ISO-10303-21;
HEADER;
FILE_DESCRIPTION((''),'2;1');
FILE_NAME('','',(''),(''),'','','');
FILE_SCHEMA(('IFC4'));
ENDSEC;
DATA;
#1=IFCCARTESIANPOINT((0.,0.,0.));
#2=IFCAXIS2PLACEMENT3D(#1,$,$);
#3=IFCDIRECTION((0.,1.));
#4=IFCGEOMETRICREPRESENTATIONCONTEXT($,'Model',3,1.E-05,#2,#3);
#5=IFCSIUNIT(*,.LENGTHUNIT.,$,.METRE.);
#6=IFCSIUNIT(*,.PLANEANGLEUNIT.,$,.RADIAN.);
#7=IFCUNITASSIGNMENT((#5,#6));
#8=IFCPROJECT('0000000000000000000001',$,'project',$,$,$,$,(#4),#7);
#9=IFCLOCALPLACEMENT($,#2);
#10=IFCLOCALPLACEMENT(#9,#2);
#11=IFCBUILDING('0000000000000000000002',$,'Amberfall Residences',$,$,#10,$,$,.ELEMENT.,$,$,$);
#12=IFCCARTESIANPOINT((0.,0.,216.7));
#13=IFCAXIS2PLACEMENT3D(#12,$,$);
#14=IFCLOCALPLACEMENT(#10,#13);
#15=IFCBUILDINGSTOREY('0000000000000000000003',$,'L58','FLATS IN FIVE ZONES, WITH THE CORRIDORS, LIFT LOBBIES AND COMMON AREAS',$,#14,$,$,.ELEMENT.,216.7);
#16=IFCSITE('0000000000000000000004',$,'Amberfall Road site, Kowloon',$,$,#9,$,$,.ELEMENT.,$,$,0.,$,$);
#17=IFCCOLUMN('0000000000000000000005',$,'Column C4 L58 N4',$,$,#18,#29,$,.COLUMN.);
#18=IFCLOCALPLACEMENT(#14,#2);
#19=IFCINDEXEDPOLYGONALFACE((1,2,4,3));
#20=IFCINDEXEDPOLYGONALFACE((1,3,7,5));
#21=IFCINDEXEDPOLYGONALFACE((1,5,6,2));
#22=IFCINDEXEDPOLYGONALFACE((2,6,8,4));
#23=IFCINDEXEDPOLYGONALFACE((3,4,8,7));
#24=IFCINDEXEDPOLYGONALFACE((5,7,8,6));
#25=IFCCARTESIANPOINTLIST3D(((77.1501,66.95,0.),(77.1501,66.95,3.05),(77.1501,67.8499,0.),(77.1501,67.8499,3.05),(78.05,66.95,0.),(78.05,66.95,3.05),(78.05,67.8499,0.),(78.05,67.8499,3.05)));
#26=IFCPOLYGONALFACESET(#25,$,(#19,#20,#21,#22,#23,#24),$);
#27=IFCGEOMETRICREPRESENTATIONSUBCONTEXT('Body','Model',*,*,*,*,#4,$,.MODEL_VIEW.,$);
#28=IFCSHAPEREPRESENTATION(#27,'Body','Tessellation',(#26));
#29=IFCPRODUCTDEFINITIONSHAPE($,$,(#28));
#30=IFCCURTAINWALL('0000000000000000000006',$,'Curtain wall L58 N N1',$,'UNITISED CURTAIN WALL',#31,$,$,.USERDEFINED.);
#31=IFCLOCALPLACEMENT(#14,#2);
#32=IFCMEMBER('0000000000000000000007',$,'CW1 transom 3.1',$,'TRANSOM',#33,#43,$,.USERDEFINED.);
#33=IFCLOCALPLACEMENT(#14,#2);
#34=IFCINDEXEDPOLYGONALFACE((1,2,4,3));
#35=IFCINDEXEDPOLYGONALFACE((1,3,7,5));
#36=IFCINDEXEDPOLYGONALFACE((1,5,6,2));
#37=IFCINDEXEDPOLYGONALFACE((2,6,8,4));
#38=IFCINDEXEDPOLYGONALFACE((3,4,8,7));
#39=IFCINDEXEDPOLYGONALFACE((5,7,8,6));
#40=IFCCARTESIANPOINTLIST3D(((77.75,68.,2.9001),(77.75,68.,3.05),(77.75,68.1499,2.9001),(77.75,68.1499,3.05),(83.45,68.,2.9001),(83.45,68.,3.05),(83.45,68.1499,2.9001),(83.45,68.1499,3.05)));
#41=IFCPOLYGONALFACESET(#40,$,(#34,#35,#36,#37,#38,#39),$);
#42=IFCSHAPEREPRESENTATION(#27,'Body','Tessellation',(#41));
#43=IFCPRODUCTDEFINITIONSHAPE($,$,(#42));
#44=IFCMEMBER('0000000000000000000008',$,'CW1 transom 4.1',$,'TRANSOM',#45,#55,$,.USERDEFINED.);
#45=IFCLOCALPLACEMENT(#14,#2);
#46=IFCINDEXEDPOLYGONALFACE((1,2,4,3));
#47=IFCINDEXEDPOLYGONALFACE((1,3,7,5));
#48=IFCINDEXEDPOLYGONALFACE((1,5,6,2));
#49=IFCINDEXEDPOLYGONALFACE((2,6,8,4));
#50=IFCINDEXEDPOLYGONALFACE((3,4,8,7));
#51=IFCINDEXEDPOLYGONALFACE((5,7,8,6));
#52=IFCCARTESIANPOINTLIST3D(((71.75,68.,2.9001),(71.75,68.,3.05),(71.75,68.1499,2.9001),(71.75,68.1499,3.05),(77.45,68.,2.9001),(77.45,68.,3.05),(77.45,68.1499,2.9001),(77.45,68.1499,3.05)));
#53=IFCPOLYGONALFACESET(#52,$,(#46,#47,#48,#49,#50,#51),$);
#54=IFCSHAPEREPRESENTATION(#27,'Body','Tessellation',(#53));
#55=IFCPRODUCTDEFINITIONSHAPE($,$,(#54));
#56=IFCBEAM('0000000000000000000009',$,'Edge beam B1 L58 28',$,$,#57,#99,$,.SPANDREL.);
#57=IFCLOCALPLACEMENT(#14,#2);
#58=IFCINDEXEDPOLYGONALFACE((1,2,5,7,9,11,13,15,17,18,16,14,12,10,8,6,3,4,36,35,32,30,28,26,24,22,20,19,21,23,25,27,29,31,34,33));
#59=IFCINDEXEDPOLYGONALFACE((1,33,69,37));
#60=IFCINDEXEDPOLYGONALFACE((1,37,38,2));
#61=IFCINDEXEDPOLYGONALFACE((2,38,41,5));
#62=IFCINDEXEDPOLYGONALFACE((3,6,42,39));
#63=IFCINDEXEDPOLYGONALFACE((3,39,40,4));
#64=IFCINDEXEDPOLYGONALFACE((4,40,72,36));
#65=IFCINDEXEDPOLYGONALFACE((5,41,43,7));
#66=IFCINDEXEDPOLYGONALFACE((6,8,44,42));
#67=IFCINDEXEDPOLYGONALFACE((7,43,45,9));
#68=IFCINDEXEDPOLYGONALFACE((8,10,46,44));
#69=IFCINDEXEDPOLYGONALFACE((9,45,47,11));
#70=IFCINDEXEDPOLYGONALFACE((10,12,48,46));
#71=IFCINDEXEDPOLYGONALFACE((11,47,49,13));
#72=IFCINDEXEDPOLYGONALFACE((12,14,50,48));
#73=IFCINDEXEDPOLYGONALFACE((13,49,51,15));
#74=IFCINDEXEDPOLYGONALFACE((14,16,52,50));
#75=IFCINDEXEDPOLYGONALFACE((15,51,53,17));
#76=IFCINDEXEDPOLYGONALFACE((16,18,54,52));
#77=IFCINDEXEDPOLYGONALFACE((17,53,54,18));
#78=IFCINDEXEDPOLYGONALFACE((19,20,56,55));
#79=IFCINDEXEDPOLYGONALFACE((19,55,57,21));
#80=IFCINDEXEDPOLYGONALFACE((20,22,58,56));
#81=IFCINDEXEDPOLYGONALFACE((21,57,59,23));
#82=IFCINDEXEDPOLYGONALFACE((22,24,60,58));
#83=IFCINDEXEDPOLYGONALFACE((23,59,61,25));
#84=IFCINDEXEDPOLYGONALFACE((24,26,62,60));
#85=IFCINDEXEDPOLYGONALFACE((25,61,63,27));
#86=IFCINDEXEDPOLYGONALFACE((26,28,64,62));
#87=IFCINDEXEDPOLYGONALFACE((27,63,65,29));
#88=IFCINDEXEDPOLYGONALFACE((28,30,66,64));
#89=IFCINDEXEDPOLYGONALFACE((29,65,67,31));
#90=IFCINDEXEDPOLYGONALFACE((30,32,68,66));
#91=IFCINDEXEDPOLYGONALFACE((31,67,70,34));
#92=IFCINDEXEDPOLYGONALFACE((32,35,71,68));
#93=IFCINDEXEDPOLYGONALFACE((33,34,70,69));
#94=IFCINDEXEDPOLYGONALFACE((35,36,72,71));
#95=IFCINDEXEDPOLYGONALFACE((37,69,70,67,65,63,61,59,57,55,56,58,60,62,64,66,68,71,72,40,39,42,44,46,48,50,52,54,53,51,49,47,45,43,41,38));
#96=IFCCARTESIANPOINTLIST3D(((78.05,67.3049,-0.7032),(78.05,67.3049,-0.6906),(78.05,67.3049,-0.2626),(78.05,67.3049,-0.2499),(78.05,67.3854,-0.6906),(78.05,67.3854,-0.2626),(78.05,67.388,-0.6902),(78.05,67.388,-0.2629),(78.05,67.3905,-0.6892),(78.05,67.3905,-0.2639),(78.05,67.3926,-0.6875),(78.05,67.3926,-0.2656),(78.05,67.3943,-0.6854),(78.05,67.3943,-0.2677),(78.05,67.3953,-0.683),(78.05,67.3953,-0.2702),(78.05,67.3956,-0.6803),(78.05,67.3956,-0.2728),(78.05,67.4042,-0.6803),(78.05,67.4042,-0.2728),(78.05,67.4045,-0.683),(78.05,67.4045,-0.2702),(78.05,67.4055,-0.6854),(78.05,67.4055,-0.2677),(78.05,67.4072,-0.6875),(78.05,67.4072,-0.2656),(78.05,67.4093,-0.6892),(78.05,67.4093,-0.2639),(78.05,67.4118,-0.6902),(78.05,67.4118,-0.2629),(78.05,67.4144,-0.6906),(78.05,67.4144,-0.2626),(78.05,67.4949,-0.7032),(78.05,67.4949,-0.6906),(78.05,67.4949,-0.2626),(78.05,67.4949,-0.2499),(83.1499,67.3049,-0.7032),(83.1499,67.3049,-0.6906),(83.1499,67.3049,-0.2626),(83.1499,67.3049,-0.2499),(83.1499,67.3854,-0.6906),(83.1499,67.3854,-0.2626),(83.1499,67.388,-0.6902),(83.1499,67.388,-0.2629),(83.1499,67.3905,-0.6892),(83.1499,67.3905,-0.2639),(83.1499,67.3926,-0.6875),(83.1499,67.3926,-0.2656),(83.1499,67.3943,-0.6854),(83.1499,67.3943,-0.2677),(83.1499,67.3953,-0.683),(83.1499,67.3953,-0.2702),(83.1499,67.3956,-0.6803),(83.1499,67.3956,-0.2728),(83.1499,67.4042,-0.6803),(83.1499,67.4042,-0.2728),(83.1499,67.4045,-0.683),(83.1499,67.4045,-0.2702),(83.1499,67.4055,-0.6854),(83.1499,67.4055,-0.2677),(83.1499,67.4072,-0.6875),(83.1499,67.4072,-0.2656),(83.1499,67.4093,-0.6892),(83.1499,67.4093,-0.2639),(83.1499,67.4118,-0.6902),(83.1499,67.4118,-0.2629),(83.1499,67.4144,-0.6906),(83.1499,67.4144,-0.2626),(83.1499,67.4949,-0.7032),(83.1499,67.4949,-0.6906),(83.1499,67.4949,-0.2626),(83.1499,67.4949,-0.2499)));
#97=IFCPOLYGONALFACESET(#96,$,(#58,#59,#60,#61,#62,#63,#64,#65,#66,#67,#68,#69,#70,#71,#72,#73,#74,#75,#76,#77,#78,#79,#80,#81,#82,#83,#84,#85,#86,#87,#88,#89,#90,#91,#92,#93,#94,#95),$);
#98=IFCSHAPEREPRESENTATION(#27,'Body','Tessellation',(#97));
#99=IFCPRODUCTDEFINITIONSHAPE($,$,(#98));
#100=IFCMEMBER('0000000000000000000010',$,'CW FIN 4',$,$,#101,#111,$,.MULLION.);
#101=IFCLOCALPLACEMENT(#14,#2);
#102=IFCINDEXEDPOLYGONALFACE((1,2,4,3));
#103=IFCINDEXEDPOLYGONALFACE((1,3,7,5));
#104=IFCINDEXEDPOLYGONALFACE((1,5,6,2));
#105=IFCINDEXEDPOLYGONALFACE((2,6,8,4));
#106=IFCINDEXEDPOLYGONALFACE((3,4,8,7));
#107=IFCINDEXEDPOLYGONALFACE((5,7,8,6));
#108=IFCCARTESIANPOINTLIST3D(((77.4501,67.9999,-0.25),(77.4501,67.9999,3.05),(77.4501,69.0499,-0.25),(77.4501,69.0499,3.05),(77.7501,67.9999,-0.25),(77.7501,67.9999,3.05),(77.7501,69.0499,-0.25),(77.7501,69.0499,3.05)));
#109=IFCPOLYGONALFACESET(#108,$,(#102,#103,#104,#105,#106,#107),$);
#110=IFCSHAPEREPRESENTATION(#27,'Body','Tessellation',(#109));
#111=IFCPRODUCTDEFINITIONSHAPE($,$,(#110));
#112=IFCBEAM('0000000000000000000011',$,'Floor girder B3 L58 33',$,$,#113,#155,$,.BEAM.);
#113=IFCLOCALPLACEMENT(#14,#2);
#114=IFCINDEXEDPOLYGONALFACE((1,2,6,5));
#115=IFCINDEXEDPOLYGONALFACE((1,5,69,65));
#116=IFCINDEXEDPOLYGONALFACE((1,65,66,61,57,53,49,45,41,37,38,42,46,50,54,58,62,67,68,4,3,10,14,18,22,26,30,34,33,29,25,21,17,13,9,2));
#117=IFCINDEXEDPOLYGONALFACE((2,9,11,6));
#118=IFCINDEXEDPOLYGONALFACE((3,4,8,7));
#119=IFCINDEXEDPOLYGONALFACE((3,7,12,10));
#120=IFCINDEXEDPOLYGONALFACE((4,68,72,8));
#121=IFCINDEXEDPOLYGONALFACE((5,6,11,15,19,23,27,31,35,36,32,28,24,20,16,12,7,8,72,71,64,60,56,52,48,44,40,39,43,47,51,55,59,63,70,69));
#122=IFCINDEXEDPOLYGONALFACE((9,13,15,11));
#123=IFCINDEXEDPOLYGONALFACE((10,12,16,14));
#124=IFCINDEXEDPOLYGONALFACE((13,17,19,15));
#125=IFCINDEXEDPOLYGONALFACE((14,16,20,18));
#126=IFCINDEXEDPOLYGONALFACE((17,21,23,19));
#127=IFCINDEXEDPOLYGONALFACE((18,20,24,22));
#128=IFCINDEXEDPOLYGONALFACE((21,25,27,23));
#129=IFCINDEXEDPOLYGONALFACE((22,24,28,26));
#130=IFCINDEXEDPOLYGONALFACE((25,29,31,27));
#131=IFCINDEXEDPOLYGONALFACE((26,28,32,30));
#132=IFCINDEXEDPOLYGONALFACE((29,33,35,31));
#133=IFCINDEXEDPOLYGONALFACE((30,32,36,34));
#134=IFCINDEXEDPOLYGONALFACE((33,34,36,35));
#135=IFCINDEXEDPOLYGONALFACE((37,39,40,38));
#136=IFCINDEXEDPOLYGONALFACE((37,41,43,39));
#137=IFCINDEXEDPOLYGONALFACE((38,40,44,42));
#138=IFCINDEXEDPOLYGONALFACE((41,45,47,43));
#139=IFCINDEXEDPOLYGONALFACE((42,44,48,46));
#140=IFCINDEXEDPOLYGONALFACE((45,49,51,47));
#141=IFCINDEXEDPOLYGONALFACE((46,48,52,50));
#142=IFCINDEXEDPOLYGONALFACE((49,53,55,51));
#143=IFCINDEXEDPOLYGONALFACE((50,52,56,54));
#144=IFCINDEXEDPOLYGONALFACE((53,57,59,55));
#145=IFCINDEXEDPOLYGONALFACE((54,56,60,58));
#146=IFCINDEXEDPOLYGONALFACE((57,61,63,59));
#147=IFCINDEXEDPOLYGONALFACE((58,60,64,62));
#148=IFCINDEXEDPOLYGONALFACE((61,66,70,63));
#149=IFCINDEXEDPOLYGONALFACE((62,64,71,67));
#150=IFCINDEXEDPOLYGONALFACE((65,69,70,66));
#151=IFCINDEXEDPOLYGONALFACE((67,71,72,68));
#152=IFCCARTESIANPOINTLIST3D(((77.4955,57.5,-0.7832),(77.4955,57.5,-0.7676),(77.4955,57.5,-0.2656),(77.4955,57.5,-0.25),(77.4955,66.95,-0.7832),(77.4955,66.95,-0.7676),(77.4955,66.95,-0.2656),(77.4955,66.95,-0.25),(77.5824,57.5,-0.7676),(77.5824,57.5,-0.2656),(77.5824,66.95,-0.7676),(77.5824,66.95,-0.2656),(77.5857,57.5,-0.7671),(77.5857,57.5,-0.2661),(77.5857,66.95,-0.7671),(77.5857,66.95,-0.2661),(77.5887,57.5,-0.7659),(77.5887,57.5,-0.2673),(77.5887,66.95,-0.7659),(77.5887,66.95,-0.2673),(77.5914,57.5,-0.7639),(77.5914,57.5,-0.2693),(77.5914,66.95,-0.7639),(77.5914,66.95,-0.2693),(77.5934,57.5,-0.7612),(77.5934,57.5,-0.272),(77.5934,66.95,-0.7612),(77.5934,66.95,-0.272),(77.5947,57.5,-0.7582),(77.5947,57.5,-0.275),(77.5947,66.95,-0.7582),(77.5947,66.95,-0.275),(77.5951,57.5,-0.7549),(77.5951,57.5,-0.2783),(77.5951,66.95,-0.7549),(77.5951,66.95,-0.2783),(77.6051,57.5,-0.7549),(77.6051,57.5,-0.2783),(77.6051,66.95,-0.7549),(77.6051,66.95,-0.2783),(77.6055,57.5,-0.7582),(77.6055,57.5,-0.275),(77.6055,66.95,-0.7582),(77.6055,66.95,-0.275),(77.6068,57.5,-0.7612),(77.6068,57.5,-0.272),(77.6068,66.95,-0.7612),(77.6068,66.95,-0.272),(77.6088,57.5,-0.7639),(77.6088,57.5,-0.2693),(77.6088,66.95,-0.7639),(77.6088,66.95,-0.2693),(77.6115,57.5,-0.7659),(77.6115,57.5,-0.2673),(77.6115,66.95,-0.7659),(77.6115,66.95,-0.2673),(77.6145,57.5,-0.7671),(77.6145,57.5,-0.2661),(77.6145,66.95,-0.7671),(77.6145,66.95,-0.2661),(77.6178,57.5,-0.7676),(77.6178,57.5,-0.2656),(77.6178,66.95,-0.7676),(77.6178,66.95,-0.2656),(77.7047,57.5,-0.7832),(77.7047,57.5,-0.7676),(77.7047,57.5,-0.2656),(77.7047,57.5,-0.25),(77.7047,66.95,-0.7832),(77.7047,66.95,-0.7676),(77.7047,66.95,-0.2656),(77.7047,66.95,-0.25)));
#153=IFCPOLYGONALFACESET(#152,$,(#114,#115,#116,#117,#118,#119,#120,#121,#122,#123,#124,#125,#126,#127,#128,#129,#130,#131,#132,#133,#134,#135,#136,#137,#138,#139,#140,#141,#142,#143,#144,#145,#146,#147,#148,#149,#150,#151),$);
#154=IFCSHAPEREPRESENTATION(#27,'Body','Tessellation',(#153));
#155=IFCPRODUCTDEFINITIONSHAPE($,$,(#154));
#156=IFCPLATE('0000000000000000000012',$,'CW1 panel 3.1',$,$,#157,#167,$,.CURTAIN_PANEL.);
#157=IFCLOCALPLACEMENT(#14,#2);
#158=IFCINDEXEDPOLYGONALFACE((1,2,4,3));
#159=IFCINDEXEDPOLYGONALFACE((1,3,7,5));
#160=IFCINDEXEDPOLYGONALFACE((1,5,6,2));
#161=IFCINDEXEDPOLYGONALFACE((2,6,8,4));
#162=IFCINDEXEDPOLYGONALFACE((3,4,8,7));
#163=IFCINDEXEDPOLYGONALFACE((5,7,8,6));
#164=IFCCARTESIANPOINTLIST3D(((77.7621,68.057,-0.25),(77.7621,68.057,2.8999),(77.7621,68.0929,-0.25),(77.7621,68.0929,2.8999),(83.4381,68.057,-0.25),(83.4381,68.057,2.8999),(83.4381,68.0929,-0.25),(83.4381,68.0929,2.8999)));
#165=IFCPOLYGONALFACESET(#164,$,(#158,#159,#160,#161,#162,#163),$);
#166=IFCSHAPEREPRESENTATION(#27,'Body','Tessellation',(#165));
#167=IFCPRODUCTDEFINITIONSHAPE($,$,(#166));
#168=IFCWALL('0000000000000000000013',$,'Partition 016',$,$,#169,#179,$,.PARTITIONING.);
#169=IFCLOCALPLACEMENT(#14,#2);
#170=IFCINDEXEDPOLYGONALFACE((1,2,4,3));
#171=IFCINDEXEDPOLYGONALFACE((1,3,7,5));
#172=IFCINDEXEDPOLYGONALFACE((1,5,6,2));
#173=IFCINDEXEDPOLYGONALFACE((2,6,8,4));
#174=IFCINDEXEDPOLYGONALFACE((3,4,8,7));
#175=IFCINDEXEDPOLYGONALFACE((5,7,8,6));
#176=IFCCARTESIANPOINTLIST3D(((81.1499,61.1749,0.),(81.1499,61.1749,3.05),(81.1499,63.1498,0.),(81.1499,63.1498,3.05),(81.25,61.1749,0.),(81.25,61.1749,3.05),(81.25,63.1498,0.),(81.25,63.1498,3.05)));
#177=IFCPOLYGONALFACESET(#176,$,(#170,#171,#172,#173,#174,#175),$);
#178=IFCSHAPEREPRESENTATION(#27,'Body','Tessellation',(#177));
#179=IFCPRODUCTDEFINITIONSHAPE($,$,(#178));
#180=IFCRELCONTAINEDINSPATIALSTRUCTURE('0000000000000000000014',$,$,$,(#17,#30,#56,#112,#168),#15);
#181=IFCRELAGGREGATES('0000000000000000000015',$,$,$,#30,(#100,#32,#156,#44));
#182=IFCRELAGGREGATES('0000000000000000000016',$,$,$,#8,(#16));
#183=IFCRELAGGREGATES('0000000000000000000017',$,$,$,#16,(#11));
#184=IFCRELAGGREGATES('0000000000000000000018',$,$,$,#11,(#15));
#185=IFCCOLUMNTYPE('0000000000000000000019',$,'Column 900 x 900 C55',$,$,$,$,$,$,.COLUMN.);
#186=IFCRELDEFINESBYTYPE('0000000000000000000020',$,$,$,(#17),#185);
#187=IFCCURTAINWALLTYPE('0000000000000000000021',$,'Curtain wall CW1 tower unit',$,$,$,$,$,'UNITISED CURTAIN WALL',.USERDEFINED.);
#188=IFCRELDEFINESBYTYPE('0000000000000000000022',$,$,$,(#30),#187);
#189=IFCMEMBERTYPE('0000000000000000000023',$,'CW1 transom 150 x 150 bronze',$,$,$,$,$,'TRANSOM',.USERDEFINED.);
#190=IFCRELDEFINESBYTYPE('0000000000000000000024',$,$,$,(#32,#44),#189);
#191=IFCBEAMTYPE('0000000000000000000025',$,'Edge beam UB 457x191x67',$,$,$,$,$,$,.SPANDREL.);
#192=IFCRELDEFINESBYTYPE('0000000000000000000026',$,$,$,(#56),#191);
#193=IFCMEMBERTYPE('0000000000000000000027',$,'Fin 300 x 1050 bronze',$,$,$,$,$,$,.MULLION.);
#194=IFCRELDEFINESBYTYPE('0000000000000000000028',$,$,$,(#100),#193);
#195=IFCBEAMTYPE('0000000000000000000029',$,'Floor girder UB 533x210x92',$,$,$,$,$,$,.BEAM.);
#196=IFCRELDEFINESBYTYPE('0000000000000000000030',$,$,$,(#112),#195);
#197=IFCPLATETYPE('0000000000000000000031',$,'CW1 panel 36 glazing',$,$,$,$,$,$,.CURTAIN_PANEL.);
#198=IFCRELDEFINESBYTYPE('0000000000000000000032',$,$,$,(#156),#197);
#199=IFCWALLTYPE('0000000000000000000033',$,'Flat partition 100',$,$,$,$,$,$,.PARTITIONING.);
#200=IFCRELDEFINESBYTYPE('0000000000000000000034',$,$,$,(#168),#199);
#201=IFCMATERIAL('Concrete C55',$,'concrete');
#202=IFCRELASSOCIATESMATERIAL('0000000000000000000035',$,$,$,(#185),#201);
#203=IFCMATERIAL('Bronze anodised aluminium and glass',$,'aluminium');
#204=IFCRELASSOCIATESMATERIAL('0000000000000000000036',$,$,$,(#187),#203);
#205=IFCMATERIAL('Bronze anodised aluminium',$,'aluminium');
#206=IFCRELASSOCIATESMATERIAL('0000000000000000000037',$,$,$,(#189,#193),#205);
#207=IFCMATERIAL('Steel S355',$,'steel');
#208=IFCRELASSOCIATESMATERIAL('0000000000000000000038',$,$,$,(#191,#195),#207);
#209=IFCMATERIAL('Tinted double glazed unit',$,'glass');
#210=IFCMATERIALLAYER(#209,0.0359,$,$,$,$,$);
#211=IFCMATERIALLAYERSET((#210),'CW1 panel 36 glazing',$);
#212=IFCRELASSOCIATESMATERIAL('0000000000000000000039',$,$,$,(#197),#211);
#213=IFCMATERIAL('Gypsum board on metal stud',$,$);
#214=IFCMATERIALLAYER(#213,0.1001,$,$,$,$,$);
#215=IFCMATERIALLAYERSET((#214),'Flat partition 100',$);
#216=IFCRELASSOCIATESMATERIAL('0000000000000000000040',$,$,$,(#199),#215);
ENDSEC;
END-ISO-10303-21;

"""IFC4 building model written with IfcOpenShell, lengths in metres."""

from ifc_helpers import new_model, si_unit, direction, frame, frame_2d, origin, origin_2d, place, context, subcontext, project, spatial, rectangle, i_section, extrude, material, layer, layer_set, material_profile, profile_set, type_object, element, aggregate, save


model = new_model("IFC4")

# Units and contexts
model_context = context("Model", 3, precision=1e-05, world=origin(), true_north=direction((0.0, 1.0)))
body_context = subcontext(model_context, "Body", "Model", "MODEL_VIEW")
ifc_project = project(units=[si_unit("LENGTHUNIT", "METRE"), si_unit("PLANEANGLEUNIT", "RADIAN")], contexts=[model_context])

# Site, building, storey
site_placement = place(None, origin())
site = spatial("IfcSite", under=ifc_project, at=site_placement, Name="Amberfall Road site, Kowloon", CompositionType="ELEMENT", RefElevation=0.0)
building_placement = place(site_placement, origin())
building = spatial("IfcBuilding", under=site, at=building_placement, Name="Amberfall Residences", CompositionType="ELEMENT")
storey_placement = place(building_placement, frame((0.0, 0.0, 216.7)))
storey = spatial("IfcBuildingStorey", under=building, at=storey_placement, Name="L58", Description="FLATS IN FIVE ZONES, WITH THE CORRIDORS, LIFT LOBBIES AND COMMON AREAS", CompositionType="ELEMENT", Elevation=216.7)

# Column
ifc_material_1 = material(Name="Concrete C55", Category="concrete")
ifc_material_profile_1 = material_profile(ifc_material_1, rectangle(XDim=0.8999, YDim=0.8999, at=origin_2d()), Name="Column 900 x 900 C55")
ifc_profile_set_1 = profile_set([ifc_material_profile_1], Name="Concrete C55")
column_type = type_object("IfcColumnType", Name="Column 900 x 900 C55", PredefinedType="COLUMN", material=ifc_profile_set_1)
column_placement = place(storey_placement, frame((77.6001, 67.3999, 0.0), z_axis=(0.0, 0.0, 1.0), x_axis=(1.0, 0.0, 0.0)))
element("IfcColumn", 1, at=column_placement, inside=storey, type_object=column_type, Name="Column C4 L58 N4", PredefinedType="COLUMN", context=body_context, shape_type="SweptSolid", body=[
    extrude(rectangle(XDim=0.8999, YDim=0.8999, at=origin_2d()), origin(), (0.0, 0.0, 1.0), 3.05),
])

# Curtain wall, members
ifc_material_2 = material(Name="Bronze anodised aluminium and glass", Category="aluminium")
curtain_wall_type = type_object("IfcCurtainWallType", Name="Curtain wall CW1 tower unit", ElementType="UNITISED CURTAIN WALL", PredefinedType="USERDEFINED", material=ifc_material_2)
curtain_wall_placement = place(storey_placement, origin())
curtain_wall = element("IfcCurtainWall", 2, at=curtain_wall_placement, inside=storey, type_object=curtain_wall_type, Name="Curtain wall L58 N N1", ObjectType="UNITISED CURTAIN WALL", PredefinedType="USERDEFINED")
ifc_material_3 = material(Name="Bronze anodised aluminium", Category="aluminium")
ifc_material_profile_2 = material_profile(ifc_material_3, rectangle(XDim=0.1499, YDim=0.1499, at=origin_2d()), Name="CW1 transom 150 x 150 bronze")
ifc_profile_set_2 = profile_set([ifc_material_profile_2], Name="Bronze anodised aluminium")
member_type_1 = type_object("IfcMemberType", Name="CW1 transom 150 x 150 bronze", ElementType="TRANSOM", PredefinedType="USERDEFINED", material=ifc_profile_set_2)
member_1_placement = place(storey_placement, frame((83.45, 68.075, 2.9751), z_axis=(-1.0, 0.0, 0.0), x_axis=(0.0, -1.0, 0.0)))
member_1 = element("IfcMember", 3, at=member_1_placement, type_object=member_type_1, Name="CW1 transom 3.1", ObjectType="TRANSOM", PredefinedType="USERDEFINED", context=body_context, shape_type="SweptSolid", body=[
    extrude(rectangle(XDim=0.1499, YDim=0.1499, at=origin_2d()), origin(), (0.0, 0.0, 1.0), 5.7),
])
member_2_placement = place(storey_placement, frame((77.45, 68.075, 2.9751), z_axis=(-1.0, 0.0, 0.0), x_axis=(0.0, -1.0, 0.0)))
member_2 = element("IfcMember", 4, at=member_2_placement, type_object=member_type_1, Name="CW1 transom 4.1", ObjectType="TRANSOM", PredefinedType="USERDEFINED", context=body_context, shape_type="SweptSolid", body=[
    extrude(rectangle(XDim=0.1499, YDim=0.1499, at=origin_2d()), origin(), (0.0, 0.0, 1.0), 5.7),
])

# Beam
ifc_material_4 = material(Name="Steel S355", Category="steel")
ifc_material_profile_3 = material_profile(ifc_material_4, i_section(OverallWidth=0.1899, OverallDepth=0.4534, WebThickness=0.0085, FlangeThickness=0.0127, FilletRadius=0.0103, at=origin_2d()), Name="UB 457x191x67")
ifc_profile_set_3 = profile_set([ifc_material_profile_3], Name="Steel S355")
beam_type_1 = type_object("IfcBeamType", Name="Edge beam UB 457x191x67", PredefinedType="SPANDREL", material=ifc_profile_set_3)
beam_1_placement = place(storey_placement, frame((78.05, 67.3999, -0.4766), z_axis=(1.0, 0.0, 0.0), x_axis=(0.0, 1.0, 0.0)))
element("IfcBeam", 5, at=beam_1_placement, inside=storey, type_object=beam_type_1, Name="Edge beam B1 L58 28", PredefinedType="SPANDREL", context=body_context, shape_type="SweptSolid", body=[
    extrude(i_section(OverallWidth=0.1899, OverallDepth=0.4534, WebThickness=0.0085, FlangeThickness=0.0127, FilletRadius=0.0103, at=origin_2d()), origin(), (0.0, 0.0, 1.0), 5.0999),
])

# Member
ifc_material_profile_4 = material_profile(ifc_material_3, rectangle(XDim=1.05, YDim=0.3, at=origin_2d()), Name="Fin 300 x 1050 bronze")
ifc_profile_set_4 = profile_set([ifc_material_profile_4], Name="Bronze anodised aluminium")
member_type_2 = type_object("IfcMemberType", Name="Fin 300 x 1050 bronze", PredefinedType="MULLION", material=ifc_profile_set_4)
member_3_placement = place(storey_placement, frame((77.6001, 68.5249, -0.25), z_axis=(0.0, 0.0, 1.0), x_axis=(0.0, -1.0, 0.0)))
member_3 = element("IfcMember", 6, at=member_3_placement, type_object=member_type_2, Name="CW FIN 4", PredefinedType="MULLION", context=body_context, shape_type="SweptSolid", body=[
    extrude(rectangle(XDim=1.05, YDim=0.3, at=origin_2d()), origin(), (0.0, 0.0, 1.0), 3.3),
])

# Beam
ifc_material_profile_5 = material_profile(ifc_material_4, i_section(OverallWidth=0.2092, OverallDepth=0.5332, WebThickness=0.01, FlangeThickness=0.0156, FilletRadius=0.0127, at=origin_2d()), Name="UB 533x210x92")
ifc_profile_set_5 = profile_set([ifc_material_profile_5], Name="Steel S355")
beam_type_2 = type_object("IfcBeamType", Name="Floor girder UB 533x210x92", PredefinedType="BEAM", material=ifc_profile_set_5)
beam_2_placement = place(storey_placement, frame((77.6001, 66.95, -0.5166), z_axis=(0.0, -1.0, 0.0), x_axis=(1.0, 0.0, 0.0)))
element("IfcBeam", 7, at=beam_2_placement, inside=storey, type_object=beam_type_2, Name="Floor girder B3 L58 33", PredefinedType="BEAM", context=body_context, shape_type="SweptSolid", body=[
    extrude(i_section(OverallWidth=0.2092, OverallDepth=0.5332, WebThickness=0.01, FlangeThickness=0.0156, FilletRadius=0.0127, at=origin_2d()), origin(), (0.0, 0.0, 1.0), 9.45),
])

# Plate
ifc_material_5 = material(Name="Tinted double glazed unit", Category="glass")
ifc_layer_1 = layer(ifc_material_5, 0.0359)
ifc_layer_set_1 = layer_set([ifc_layer_1], Name="CW1 panel 36 glazing")
plate_type = type_object("IfcPlateType", Name="CW1 panel 36 glazing", PredefinedType="CURTAIN_PANEL", material=ifc_layer_set_1)
plate_placement = place(storey_placement, frame((80.6001, 68.075, -0.25), z_axis=(0.0, 0.0, 1.0), x_axis=(-1.0, 0.0, 0.0)))
plate = element("IfcPlate", 8, at=plate_placement, type_object=plate_type, Name="CW1 panel 3.1", PredefinedType="CURTAIN_PANEL", context=body_context, shape_type="SweptSolid", body=[
    extrude(rectangle(XDim=5.676, YDim=0.0359, at=origin_2d()), origin(), (0.0, 0.0, 1.0), 3.1499),
])
aggregate(curtain_wall, [member_3, member_1, plate, member_2])

# Wall
ifc_material_6 = material(Name="Gypsum board on metal stud")
ifc_layer_2 = layer(ifc_material_6, 0.1001)
ifc_layer_set_2 = layer_set([ifc_layer_2], Name="Flat partition 100")
wall_type_1 = type_object("IfcWallType", Name="Flat partition 100", PredefinedType="PARTITIONING", material=ifc_layer_set_2)
wall_1_placement = place(storey_placement, frame((81.2, 61.175, 0.0), z_axis=(0.0, 0.0, 1.0), x_axis=(0.0, 1.0, 0.0)))
element("IfcWall", 9, at=wall_1_placement, inside=storey, type_object=wall_type_1, Name="Partition 016", PredefinedType="PARTITIONING", context=body_context, shape_type="SweptSolid", body=[
    extrude(rectangle(XDim=1.9749, YDim=0.1001, at=frame_2d((0.9873, 0.0))), origin(), (0.0, 0.0, 1.0), 3.05),
])

save(model, "model.ifc")
